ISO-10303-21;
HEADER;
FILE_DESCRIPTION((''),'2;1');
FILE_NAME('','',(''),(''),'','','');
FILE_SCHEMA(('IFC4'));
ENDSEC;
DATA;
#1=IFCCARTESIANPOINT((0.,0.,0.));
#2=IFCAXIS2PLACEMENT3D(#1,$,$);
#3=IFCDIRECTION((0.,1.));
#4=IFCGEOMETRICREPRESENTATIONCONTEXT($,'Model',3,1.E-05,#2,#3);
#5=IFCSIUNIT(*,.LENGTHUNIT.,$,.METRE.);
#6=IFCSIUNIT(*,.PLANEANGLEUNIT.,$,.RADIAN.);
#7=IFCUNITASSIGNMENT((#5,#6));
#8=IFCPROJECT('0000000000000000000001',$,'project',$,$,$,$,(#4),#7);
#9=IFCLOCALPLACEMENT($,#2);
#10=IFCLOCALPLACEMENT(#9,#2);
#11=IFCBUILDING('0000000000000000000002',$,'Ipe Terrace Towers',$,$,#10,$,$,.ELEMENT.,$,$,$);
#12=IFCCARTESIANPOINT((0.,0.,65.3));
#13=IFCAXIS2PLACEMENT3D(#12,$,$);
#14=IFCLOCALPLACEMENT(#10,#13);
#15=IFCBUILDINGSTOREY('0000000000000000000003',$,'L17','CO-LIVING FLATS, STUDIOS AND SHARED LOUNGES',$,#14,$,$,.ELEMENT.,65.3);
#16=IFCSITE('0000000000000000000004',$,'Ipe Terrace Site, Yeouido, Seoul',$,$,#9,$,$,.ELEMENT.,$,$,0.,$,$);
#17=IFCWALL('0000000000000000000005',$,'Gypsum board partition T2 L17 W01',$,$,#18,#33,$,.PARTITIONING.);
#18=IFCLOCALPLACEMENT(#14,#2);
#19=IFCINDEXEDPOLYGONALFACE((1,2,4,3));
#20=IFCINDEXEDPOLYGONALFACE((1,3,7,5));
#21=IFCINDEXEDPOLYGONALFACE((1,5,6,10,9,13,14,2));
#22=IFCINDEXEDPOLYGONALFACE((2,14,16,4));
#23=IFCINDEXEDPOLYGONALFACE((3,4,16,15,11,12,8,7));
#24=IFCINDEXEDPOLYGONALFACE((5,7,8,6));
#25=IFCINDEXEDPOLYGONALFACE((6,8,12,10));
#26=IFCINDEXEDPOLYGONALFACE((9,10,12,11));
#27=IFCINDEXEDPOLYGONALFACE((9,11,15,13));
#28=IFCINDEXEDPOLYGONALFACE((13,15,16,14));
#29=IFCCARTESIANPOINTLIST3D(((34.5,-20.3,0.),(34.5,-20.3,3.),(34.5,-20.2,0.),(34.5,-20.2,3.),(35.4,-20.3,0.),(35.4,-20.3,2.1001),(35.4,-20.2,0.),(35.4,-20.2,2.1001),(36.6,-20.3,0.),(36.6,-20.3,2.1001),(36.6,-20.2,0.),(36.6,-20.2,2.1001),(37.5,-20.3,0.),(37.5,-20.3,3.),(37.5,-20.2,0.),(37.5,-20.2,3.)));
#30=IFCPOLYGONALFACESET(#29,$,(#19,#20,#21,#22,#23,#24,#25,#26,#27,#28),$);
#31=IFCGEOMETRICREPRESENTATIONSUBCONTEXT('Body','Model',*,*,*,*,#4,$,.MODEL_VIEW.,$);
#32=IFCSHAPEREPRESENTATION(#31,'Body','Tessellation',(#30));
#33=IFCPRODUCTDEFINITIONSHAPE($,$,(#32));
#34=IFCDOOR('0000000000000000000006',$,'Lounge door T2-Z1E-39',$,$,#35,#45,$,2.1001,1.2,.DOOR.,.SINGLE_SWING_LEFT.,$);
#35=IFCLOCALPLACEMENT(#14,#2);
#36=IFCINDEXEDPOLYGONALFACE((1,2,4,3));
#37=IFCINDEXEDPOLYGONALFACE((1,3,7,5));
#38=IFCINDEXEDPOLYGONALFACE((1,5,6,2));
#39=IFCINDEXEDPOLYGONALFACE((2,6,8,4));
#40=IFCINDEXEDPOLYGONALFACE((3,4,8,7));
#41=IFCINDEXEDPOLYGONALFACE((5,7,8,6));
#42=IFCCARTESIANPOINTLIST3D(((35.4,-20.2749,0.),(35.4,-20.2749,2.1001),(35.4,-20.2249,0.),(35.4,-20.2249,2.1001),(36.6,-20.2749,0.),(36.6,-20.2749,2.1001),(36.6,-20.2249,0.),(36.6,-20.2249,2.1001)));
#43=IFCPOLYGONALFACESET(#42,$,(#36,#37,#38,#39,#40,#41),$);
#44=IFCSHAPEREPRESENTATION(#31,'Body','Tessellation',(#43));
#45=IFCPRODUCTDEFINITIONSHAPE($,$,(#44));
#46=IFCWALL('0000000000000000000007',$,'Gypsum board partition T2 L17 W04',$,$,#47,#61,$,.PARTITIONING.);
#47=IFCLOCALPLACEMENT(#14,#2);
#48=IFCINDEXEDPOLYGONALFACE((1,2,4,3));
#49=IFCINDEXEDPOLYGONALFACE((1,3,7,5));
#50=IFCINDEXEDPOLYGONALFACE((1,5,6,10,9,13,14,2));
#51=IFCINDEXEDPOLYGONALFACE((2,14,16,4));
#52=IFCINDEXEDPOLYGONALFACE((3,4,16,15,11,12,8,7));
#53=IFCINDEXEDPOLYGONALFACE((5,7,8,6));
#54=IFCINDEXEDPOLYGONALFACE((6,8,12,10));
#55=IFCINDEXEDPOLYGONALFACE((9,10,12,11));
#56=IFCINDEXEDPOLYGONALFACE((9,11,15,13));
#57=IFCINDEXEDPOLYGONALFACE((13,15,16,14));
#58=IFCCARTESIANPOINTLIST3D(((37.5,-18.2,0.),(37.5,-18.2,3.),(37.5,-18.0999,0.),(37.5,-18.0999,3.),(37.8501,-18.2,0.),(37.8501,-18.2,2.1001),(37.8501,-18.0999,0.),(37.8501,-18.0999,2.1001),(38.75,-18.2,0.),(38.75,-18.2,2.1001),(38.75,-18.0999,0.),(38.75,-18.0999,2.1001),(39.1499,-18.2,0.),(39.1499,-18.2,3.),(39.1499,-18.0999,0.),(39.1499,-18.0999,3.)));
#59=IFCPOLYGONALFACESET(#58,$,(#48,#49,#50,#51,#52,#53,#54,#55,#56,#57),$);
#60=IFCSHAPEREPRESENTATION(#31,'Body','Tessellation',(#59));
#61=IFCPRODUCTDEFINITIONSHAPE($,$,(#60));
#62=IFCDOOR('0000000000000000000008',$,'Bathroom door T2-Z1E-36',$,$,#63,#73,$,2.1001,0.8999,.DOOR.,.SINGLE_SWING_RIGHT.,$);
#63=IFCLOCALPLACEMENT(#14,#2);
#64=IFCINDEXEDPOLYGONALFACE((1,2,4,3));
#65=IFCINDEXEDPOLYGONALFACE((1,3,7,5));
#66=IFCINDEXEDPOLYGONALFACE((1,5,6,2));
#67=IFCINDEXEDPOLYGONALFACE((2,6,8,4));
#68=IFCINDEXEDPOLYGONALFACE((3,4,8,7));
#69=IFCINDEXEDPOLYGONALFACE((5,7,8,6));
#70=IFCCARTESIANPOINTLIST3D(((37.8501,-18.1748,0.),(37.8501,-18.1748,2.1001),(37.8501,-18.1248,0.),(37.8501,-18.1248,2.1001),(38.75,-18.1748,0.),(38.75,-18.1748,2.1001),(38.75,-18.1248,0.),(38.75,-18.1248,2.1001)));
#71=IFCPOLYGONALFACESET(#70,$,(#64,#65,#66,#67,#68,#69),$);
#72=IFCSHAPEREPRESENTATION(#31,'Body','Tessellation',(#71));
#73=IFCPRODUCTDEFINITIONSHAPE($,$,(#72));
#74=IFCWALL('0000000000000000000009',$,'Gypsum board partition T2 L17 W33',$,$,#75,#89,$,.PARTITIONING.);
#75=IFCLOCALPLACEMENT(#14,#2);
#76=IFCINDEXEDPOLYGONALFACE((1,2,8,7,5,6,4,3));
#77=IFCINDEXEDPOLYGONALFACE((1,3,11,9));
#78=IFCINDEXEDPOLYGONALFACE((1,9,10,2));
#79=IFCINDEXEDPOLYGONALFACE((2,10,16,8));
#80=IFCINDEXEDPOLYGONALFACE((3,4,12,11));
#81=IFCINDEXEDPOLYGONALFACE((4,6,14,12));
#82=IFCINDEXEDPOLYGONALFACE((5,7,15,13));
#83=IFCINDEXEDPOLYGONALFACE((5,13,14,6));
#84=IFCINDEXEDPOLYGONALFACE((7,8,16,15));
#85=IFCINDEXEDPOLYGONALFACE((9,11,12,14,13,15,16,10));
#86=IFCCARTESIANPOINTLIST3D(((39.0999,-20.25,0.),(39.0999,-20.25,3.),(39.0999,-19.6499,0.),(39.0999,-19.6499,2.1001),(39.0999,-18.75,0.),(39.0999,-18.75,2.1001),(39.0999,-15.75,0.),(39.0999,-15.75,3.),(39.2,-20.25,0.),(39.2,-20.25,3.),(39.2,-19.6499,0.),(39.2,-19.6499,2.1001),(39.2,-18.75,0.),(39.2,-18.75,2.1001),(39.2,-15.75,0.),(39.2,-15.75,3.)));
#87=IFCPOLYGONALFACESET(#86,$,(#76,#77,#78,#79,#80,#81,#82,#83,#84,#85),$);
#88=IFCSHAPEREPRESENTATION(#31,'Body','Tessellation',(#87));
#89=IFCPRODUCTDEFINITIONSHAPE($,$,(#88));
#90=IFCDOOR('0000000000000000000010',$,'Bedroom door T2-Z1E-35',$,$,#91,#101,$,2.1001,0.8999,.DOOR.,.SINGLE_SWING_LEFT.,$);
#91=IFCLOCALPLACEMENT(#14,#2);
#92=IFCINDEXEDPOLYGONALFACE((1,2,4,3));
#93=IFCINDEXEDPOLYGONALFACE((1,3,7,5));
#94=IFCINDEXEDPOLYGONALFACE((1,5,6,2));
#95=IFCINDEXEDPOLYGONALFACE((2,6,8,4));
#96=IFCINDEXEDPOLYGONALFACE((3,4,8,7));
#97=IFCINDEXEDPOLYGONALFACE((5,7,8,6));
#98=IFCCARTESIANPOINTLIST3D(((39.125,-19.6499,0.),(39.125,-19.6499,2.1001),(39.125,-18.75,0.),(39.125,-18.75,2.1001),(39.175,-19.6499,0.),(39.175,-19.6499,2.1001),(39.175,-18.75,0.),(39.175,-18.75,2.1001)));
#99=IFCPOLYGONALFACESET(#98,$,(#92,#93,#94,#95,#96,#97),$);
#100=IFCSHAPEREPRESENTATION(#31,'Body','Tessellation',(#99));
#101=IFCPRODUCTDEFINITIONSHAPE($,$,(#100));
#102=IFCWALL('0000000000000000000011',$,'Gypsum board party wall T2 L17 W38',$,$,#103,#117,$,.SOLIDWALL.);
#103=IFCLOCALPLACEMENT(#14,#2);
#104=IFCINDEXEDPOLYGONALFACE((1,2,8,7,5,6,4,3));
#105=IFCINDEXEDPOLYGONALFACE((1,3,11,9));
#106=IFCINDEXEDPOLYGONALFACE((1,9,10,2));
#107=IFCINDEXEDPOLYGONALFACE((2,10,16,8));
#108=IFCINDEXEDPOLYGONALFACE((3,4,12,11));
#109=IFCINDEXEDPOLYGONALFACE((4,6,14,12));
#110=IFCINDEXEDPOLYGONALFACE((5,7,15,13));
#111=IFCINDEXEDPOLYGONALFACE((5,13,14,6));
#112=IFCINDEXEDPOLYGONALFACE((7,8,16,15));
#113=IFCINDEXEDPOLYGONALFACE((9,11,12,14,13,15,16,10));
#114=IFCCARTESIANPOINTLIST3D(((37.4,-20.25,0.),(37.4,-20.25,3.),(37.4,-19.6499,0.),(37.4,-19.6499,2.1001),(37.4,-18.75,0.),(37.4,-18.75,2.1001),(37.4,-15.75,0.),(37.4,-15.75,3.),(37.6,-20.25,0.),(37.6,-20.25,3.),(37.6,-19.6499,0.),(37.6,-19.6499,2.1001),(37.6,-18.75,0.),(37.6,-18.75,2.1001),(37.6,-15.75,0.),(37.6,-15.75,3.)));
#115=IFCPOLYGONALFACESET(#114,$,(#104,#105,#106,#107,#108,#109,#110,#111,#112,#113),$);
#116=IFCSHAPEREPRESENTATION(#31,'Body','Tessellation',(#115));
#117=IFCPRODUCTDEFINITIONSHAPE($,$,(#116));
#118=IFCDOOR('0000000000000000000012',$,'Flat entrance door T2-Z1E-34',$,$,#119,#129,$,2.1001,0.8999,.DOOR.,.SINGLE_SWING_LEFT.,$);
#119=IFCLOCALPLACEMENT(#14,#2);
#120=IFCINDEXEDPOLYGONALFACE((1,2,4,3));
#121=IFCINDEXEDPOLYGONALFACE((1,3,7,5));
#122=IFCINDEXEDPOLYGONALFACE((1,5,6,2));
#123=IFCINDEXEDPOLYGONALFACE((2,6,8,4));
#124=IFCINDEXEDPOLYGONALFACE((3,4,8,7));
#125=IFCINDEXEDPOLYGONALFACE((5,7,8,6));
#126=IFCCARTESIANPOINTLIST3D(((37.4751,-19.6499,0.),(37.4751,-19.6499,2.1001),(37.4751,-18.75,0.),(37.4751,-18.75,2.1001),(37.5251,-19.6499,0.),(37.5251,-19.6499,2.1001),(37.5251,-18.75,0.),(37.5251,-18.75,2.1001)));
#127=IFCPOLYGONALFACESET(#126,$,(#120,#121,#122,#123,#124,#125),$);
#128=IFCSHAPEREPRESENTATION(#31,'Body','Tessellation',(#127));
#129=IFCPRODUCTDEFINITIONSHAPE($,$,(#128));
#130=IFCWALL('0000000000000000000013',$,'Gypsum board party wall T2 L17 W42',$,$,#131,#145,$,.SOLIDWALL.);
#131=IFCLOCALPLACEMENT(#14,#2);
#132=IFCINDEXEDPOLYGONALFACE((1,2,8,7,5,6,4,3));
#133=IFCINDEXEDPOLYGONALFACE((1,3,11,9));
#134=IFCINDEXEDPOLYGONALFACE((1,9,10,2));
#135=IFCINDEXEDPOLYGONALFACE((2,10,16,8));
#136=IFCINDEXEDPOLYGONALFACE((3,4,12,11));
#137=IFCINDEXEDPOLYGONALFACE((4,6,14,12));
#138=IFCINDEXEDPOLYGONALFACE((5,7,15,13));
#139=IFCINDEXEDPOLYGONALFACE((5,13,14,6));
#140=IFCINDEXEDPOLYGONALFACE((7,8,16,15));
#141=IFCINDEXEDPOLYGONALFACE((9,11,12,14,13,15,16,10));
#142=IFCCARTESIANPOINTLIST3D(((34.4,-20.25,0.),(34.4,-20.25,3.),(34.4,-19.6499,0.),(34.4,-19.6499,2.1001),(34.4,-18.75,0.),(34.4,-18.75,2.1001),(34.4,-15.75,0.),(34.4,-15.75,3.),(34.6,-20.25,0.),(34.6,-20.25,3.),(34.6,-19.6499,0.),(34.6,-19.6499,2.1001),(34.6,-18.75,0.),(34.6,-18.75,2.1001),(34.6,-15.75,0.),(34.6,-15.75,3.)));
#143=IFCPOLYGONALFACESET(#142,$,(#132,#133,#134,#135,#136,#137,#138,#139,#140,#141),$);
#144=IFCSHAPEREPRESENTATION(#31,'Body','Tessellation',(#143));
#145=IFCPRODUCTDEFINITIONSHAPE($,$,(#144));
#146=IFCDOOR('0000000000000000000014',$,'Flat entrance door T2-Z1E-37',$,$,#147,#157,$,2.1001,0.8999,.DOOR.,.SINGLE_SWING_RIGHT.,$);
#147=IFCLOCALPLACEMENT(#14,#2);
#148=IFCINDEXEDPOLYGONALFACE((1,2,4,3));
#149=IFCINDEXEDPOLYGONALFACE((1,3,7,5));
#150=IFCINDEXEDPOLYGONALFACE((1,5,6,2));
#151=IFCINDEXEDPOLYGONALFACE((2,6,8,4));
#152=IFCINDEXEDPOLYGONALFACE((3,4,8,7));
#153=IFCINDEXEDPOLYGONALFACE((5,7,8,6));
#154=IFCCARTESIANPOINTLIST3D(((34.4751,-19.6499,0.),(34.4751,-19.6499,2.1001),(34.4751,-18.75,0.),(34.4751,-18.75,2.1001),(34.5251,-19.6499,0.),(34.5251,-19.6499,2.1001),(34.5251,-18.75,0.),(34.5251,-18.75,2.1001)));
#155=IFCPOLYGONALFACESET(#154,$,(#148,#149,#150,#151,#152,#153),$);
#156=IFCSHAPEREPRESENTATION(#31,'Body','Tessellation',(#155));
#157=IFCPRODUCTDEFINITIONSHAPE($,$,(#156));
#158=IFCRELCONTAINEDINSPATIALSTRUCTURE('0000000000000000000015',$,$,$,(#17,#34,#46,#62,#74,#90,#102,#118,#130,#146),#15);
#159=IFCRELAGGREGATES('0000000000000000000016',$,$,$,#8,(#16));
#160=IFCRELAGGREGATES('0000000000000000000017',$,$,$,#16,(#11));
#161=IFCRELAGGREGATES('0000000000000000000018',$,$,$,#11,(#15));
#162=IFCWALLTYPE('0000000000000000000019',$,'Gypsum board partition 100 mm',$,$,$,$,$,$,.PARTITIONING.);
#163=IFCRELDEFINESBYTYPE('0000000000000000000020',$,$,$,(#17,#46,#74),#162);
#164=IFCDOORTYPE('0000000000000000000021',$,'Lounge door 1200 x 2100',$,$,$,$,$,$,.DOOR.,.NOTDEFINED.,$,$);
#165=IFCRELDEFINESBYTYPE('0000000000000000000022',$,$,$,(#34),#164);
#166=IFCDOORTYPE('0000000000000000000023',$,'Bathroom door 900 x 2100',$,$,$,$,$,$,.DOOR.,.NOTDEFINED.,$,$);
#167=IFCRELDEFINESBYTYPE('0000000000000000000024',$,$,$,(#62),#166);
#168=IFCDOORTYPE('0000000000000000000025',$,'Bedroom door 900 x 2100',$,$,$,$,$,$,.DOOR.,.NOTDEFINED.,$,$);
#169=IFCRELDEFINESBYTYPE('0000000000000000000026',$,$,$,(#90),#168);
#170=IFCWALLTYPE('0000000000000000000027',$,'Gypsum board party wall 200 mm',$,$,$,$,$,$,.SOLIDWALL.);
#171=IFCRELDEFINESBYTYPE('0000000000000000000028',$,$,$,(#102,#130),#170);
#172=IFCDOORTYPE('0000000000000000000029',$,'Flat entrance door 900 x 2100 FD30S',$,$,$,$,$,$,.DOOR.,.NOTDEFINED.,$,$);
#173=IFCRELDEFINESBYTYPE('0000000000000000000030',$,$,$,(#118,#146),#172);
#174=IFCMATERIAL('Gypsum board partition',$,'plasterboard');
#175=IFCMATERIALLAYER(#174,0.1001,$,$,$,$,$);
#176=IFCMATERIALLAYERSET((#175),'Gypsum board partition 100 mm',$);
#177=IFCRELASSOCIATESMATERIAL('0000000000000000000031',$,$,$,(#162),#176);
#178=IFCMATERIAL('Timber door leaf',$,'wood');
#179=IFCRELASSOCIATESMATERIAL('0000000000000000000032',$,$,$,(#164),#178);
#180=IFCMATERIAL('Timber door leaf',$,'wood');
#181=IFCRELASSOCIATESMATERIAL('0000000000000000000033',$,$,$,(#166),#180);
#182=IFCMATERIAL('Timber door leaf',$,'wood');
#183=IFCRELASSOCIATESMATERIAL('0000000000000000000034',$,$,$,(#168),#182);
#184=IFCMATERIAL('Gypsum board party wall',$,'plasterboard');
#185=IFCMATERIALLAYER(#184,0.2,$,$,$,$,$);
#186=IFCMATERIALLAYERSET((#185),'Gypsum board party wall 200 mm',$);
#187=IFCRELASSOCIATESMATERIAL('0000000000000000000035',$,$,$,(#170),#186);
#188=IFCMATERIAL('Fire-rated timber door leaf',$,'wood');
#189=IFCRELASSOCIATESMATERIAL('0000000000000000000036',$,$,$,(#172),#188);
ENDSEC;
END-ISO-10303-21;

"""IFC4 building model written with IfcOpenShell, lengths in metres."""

from ifc_helpers import new_model, si_unit, direction, frame, frame_2d, origin, place, context, subcontext, project, spatial, rectangle, extrude, material, layer, layer_set, type_object, element, fill, save


model = new_model("IFC4")

# Units and contexts
model_context = context("Model", 3, precision=1e-05, world=origin(), true_north=direction((0.0, 1.0)))
body_context = subcontext(model_context, "Body", "Model", "MODEL_VIEW")
ifc_project = project(units=[si_unit("LENGTHUNIT", "METRE"), si_unit("PLANEANGLEUNIT", "RADIAN")], contexts=[model_context])

# Site, building, storey
site_placement = place(None, origin())
site = spatial("IfcSite", under=ifc_project, at=site_placement, Name="Ipe Terrace Site, Yeouido, Seoul", CompositionType="ELEMENT", RefElevation=0.0)
building_placement = place(site_placement, origin())
building = spatial("IfcBuilding", under=site, at=building_placement, Name="Ipe Terrace Towers", CompositionType="ELEMENT")
storey_placement = place(building_placement, frame((0.0, 0.0, 65.3)))
storey = spatial("IfcBuildingStorey", under=building, at=storey_placement, Name="L17", Description="CO-LIVING FLATS, STUDIOS AND SHARED LOUNGES", CompositionType="ELEMENT", Elevation=65.3)

# Walls, openings, doors
ifc_material_1 = material(Name="Gypsum board partition", Category="plasterboard")
ifc_layer_1 = layer(ifc_material_1, 0.1001)
ifc_layer_set_1 = layer_set([ifc_layer_1], Name="Gypsum board partition 100 mm")
wall_type_1 = type_object("IfcWallType", Name="Gypsum board partition 100 mm", PredefinedType="PARTITIONING", material=ifc_layer_set_1)
wall_1_placement = place(storey_placement, frame((37.5, -20.25, 0.0), z_axis=(0.0, 0.0, 1.0), x_axis=(-1.0, 0.0, 0.0)))
wall_1 = element("IfcWall", 1, at=wall_1_placement, inside=storey, type_object=wall_type_1, Name="Gypsum board partition T2 L17 W01", PredefinedType="PARTITIONING", context=body_context, shape_type="SweptSolid", body=[
    extrude(rectangle(XDim=3.0, YDim=0.1001, at=frame_2d((1.5, 0.0))), origin(), (0.0, 0.0, 1.0), 3.0),
])
opening_1_placement = place(wall_1_placement, frame((0.8999, 0.0, 0.0)))
opening_1 = element("IfcOpeningElement", 2, at=opening_1_placement, cuts=wall_1, PredefinedType="OPENING", context=body_context, shape_type="SweptSolid", body=[
    extrude(rectangle(XDim=1.2, YDim=2.1001, at=frame_2d((0.6001, 1.05))), frame((0.0, 0.0601, 0.0), z_axis=(0.0, -1.0, 0.0), x_axis=(1.0, 0.0, 0.0)), (0.0, 0.0, 1.0), 0.1201),
])
ifc_material_2 = material(Name="Timber door leaf", Category="wood")
door_type_1 = type_object("IfcDoorType", Name="Lounge door 1200 x 2100", OperationType="NOTDEFINED", PredefinedType="DOOR", material=ifc_material_2)
door_1_placement = place(opening_1_placement, origin())
door_1 = element("IfcDoor", 3, at=door_1_placement, inside=storey, type_object=door_type_1, Name="Lounge door T2-Z1E-39", OperationType="SINGLE_SWING_LEFT", OverallHeight=2.1001, OverallWidth=1.2, PredefinedType="DOOR", context=body_context, shape_type="SweptSolid", body=[
    extrude(rectangle(XDim=1.2, YDim=2.1001, at=frame_2d((0.6001, 1.05))), frame((0.0, 0.0249, 0.0), z_axis=(0.0, -1.0, 0.0), x_axis=(1.0, 0.0, 0.0)), (0.0, 0.0, 1.0), 0.05),
])
fill(opening_1, door_1)
wall_2_placement = place(storey_placement, frame((39.1499, -18.1499, 0.0), z_axis=(0.0, 0.0, 1.0), x_axis=(-1.0, 0.0, 0.0)))
wall_2 = element("IfcWall", 4, at=wall_2_placement, inside=storey, type_object=wall_type_1, Name="Gypsum board partition T2 L17 W04", PredefinedType="PARTITIONING", context=body_context, shape_type="SweptSolid", body=[
    extrude(rectangle(XDim=1.6499, YDim=0.1001, at=frame_2d((0.825, 0.0))), origin(), (0.0, 0.0, 1.0), 3.0),
])
opening_2_placement = place(wall_2_placement, frame((0.3999, 0.0, 0.0)))
opening_2 = element("IfcOpeningElement", 5, at=opening_2_placement, cuts=wall_2, PredefinedType="OPENING", context=body_context, shape_type="SweptSolid", body=[
    extrude(rectangle(XDim=0.8999, YDim=2.1001, at=frame_2d((0.45, 1.05))), frame((0.0, 0.0601, 0.0), z_axis=(0.0, -1.0, 0.0), x_axis=(1.0, 0.0, 0.0)), (0.0, 0.0, 1.0), 0.1201),
])
ifc_material_3 = material(Name="Timber door leaf", Category="wood")
door_type_2 = type_object("IfcDoorType", Name="Bathroom door 900 x 2100", OperationType="NOTDEFINED", PredefinedType="DOOR", material=ifc_material_3)
door_2_placement = place(opening_2_placement, origin())
door_2 = element("IfcDoor", 6, at=door_2_placement, inside=storey, type_object=door_type_2, Name="Bathroom door T2-Z1E-36", OperationType="SINGLE_SWING_RIGHT", OverallHeight=2.1001, OverallWidth=0.8999, PredefinedType="DOOR", context=body_context, shape_type="SweptSolid", body=[
    extrude(rectangle(XDim=0.8999, YDim=2.1001, at=frame_2d((0.45, 1.05))), frame((0.0, 0.0249, 0.0), z_axis=(0.0, -1.0, 0.0), x_axis=(1.0, 0.0, 0.0)), (0.0, 0.0, 1.0), 0.05),
])
fill(opening_2, door_2)
wall_3_placement = place(storey_placement, frame((39.1499, -20.25, 0.0), z_axis=(0.0, 0.0, 1.0), x_axis=(0.0, 1.0, 0.0)))
wall_3 = element("IfcWall", 7, at=wall_3_placement, inside=storey, type_object=wall_type_1, Name="Gypsum board partition T2 L17 W33", PredefinedType="PARTITIONING", context=body_context, shape_type="SweptSolid", body=[
    extrude(rectangle(XDim=4.5, YDim=0.1001, at=frame_2d((2.25, 0.0))), origin(), (0.0, 0.0, 1.0), 3.0),
])
opening_3_placement = place(wall_3_placement, frame((0.6001, 0.0, 0.0)))
opening_3 = element("IfcOpeningElement", 8, at=opening_3_placement, cuts=wall_3, PredefinedType="OPENING", context=body_context, shape_type="SweptSolid", body=[
    extrude(rectangle(XDim=0.8999, YDim=2.1001, at=frame_2d((0.45, 1.05))), frame((0.0, 0.0601, 0.0), z_axis=(0.0, -1.0, 0.0), x_axis=(1.0, 0.0, 0.0)), (0.0, 0.0, 1.0), 0.1201),
])
ifc_material_4 = material(Name="Timber door leaf", Category="wood")
door_type_3 = type_object("IfcDoorType", Name="Bedroom door 900 x 2100", OperationType="NOTDEFINED", PredefinedType="DOOR", material=ifc_material_4)
door_3_placement = place(opening_3_placement, origin())
door_3 = element("IfcDoor", 9, at=door_3_placement, inside=storey, type_object=door_type_3, Name="Bedroom door T2-Z1E-35", OperationType="SINGLE_SWING_LEFT", OverallHeight=2.1001, OverallWidth=0.8999, PredefinedType="DOOR", context=body_context, shape_type="SweptSolid", body=[
    extrude(rectangle(XDim=0.8999, YDim=2.1001, at=frame_2d((0.45, 1.05))), frame((0.0, 0.0249, 0.0), z_axis=(0.0, -1.0, 0.0), x_axis=(1.0, 0.0, 0.0)), (0.0, 0.0, 1.0), 0.05),
])
fill(opening_3, door_3)
ifc_material_5 = material(Name="Gypsum board party wall", Category="plasterboard")
ifc_layer_2 = layer(ifc_material_5, 0.2)
ifc_layer_set_2 = layer_set([ifc_layer_2], Name="Gypsum board party wall 200 mm")
wall_type_2 = type_object("IfcWallType", Name="Gypsum board party wall 200 mm", PredefinedType="SOLIDWALL", material=ifc_layer_set_2)
wall_4_placement = place(storey_placement, frame((37.5, -20.25, 0.0), z_axis=(0.0, 0.0, 1.0), x_axis=(0.0, 1.0, 0.0)))
wall_4 = element("IfcWall", 10, at=wall_4_placement, inside=storey, type_object=wall_type_2, Name="Gypsum board party wall T2 L17 W38", PredefinedType="SOLIDWALL", context=body_context, shape_type="SweptSolid", body=[
    extrude(rectangle(XDim=4.5, YDim=0.2, at=frame_2d((2.25, 0.0))), origin(), (0.0, 0.0, 1.0), 3.0),
])
opening_4_placement = place(wall_4_placement, frame((0.6001, 0.0, 0.0)))
opening_4 = element("IfcOpeningElement", 11, at=opening_4_placement, cuts=wall_4, PredefinedType="OPENING", context=body_context, shape_type="SweptSolid", body=[
    extrude(rectangle(XDim=0.8999, YDim=2.1001, at=frame_2d((0.45, 1.05))), frame((0.0, 0.1099, 0.0), z_axis=(0.0, -1.0, 0.0), x_axis=(1.0, 0.0, 0.0)), (0.0, 0.0, 1.0), 0.22),
])
ifc_material_6 = material(Name="Fire-rated timber door leaf", Category="wood")
door_type_4 = type_object("IfcDoorType", Name="Flat entrance door 900 x 2100 FD30S", OperationType="NOTDEFINED", PredefinedType="DOOR", material=ifc_material_6)
door_4_placement = place(opening_4_placement, origin())
door_4 = element("IfcDoor", 12, at=door_4_placement, inside=storey, type_object=door_type_4, Name="Flat entrance door T2-Z1E-34", OperationType="SINGLE_SWING_LEFT", OverallHeight=2.1001, OverallWidth=0.8999, PredefinedType="DOOR", context=body_context, shape_type="SweptSolid", body=[
    extrude(rectangle(XDim=0.8999, YDim=2.1001, at=frame_2d((0.45, 1.05))), frame((0.0, 0.0249, 0.0), z_axis=(0.0, -1.0, 0.0), x_axis=(1.0, 0.0, 0.0)), (0.0, 0.0, 1.0), 0.05),
])
fill(opening_4, door_4)
wall_5_placement = place(storey_placement, frame((34.5, -20.25, 0.0), z_axis=(0.0, 0.0, 1.0), x_axis=(0.0, 1.0, 0.0)))
wall_5 = element("IfcWall", 13, at=wall_5_placement, inside=storey, type_object=wall_type_2, Name="Gypsum board party wall T2 L17 W42", PredefinedType="SOLIDWALL", context=body_context, shape_type="SweptSolid", body=[
    extrude(rectangle(XDim=4.5, YDim=0.2, at=frame_2d((2.25, 0.0))), origin(), (0.0, 0.0, 1.0), 3.0),
])
opening_5_placement = place(wall_5_placement, frame((0.6001, 0.0, 0.0)))
opening_5 = element("IfcOpeningElement", 14, at=opening_5_placement, cuts=wall_5, PredefinedType="OPENING", context=body_context, shape_type="SweptSolid", body=[
    extrude(rectangle(XDim=0.8999, YDim=2.1001, at=frame_2d((0.45, 1.05))), frame((0.0, 0.1099, 0.0), z_axis=(0.0, -1.0, 0.0), x_axis=(1.0, 0.0, 0.0)), (0.0, 0.0, 1.0), 0.22),
])
door_5_placement = place(opening_5_placement, origin())
door_5 = element("IfcDoor", 15, at=door_5_placement, inside=storey, type_object=door_type_4, Name="Flat entrance door T2-Z1E-37", OperationType="SINGLE_SWING_RIGHT", OverallHeight=2.1001, OverallWidth=0.8999, PredefinedType="DOOR", context=body_context, shape_type="SweptSolid", body=[
    extrude(rectangle(XDim=0.8999, YDim=2.1001, at=frame_2d((0.45, 1.05))), frame((0.0, 0.0249, 0.0), z_axis=(0.0, -1.0, 0.0), x_axis=(1.0, 0.0, 0.0)), (0.0, 0.0, 1.0), 0.05),
])
fill(opening_5, door_5)

save(model, "model.ifc")
